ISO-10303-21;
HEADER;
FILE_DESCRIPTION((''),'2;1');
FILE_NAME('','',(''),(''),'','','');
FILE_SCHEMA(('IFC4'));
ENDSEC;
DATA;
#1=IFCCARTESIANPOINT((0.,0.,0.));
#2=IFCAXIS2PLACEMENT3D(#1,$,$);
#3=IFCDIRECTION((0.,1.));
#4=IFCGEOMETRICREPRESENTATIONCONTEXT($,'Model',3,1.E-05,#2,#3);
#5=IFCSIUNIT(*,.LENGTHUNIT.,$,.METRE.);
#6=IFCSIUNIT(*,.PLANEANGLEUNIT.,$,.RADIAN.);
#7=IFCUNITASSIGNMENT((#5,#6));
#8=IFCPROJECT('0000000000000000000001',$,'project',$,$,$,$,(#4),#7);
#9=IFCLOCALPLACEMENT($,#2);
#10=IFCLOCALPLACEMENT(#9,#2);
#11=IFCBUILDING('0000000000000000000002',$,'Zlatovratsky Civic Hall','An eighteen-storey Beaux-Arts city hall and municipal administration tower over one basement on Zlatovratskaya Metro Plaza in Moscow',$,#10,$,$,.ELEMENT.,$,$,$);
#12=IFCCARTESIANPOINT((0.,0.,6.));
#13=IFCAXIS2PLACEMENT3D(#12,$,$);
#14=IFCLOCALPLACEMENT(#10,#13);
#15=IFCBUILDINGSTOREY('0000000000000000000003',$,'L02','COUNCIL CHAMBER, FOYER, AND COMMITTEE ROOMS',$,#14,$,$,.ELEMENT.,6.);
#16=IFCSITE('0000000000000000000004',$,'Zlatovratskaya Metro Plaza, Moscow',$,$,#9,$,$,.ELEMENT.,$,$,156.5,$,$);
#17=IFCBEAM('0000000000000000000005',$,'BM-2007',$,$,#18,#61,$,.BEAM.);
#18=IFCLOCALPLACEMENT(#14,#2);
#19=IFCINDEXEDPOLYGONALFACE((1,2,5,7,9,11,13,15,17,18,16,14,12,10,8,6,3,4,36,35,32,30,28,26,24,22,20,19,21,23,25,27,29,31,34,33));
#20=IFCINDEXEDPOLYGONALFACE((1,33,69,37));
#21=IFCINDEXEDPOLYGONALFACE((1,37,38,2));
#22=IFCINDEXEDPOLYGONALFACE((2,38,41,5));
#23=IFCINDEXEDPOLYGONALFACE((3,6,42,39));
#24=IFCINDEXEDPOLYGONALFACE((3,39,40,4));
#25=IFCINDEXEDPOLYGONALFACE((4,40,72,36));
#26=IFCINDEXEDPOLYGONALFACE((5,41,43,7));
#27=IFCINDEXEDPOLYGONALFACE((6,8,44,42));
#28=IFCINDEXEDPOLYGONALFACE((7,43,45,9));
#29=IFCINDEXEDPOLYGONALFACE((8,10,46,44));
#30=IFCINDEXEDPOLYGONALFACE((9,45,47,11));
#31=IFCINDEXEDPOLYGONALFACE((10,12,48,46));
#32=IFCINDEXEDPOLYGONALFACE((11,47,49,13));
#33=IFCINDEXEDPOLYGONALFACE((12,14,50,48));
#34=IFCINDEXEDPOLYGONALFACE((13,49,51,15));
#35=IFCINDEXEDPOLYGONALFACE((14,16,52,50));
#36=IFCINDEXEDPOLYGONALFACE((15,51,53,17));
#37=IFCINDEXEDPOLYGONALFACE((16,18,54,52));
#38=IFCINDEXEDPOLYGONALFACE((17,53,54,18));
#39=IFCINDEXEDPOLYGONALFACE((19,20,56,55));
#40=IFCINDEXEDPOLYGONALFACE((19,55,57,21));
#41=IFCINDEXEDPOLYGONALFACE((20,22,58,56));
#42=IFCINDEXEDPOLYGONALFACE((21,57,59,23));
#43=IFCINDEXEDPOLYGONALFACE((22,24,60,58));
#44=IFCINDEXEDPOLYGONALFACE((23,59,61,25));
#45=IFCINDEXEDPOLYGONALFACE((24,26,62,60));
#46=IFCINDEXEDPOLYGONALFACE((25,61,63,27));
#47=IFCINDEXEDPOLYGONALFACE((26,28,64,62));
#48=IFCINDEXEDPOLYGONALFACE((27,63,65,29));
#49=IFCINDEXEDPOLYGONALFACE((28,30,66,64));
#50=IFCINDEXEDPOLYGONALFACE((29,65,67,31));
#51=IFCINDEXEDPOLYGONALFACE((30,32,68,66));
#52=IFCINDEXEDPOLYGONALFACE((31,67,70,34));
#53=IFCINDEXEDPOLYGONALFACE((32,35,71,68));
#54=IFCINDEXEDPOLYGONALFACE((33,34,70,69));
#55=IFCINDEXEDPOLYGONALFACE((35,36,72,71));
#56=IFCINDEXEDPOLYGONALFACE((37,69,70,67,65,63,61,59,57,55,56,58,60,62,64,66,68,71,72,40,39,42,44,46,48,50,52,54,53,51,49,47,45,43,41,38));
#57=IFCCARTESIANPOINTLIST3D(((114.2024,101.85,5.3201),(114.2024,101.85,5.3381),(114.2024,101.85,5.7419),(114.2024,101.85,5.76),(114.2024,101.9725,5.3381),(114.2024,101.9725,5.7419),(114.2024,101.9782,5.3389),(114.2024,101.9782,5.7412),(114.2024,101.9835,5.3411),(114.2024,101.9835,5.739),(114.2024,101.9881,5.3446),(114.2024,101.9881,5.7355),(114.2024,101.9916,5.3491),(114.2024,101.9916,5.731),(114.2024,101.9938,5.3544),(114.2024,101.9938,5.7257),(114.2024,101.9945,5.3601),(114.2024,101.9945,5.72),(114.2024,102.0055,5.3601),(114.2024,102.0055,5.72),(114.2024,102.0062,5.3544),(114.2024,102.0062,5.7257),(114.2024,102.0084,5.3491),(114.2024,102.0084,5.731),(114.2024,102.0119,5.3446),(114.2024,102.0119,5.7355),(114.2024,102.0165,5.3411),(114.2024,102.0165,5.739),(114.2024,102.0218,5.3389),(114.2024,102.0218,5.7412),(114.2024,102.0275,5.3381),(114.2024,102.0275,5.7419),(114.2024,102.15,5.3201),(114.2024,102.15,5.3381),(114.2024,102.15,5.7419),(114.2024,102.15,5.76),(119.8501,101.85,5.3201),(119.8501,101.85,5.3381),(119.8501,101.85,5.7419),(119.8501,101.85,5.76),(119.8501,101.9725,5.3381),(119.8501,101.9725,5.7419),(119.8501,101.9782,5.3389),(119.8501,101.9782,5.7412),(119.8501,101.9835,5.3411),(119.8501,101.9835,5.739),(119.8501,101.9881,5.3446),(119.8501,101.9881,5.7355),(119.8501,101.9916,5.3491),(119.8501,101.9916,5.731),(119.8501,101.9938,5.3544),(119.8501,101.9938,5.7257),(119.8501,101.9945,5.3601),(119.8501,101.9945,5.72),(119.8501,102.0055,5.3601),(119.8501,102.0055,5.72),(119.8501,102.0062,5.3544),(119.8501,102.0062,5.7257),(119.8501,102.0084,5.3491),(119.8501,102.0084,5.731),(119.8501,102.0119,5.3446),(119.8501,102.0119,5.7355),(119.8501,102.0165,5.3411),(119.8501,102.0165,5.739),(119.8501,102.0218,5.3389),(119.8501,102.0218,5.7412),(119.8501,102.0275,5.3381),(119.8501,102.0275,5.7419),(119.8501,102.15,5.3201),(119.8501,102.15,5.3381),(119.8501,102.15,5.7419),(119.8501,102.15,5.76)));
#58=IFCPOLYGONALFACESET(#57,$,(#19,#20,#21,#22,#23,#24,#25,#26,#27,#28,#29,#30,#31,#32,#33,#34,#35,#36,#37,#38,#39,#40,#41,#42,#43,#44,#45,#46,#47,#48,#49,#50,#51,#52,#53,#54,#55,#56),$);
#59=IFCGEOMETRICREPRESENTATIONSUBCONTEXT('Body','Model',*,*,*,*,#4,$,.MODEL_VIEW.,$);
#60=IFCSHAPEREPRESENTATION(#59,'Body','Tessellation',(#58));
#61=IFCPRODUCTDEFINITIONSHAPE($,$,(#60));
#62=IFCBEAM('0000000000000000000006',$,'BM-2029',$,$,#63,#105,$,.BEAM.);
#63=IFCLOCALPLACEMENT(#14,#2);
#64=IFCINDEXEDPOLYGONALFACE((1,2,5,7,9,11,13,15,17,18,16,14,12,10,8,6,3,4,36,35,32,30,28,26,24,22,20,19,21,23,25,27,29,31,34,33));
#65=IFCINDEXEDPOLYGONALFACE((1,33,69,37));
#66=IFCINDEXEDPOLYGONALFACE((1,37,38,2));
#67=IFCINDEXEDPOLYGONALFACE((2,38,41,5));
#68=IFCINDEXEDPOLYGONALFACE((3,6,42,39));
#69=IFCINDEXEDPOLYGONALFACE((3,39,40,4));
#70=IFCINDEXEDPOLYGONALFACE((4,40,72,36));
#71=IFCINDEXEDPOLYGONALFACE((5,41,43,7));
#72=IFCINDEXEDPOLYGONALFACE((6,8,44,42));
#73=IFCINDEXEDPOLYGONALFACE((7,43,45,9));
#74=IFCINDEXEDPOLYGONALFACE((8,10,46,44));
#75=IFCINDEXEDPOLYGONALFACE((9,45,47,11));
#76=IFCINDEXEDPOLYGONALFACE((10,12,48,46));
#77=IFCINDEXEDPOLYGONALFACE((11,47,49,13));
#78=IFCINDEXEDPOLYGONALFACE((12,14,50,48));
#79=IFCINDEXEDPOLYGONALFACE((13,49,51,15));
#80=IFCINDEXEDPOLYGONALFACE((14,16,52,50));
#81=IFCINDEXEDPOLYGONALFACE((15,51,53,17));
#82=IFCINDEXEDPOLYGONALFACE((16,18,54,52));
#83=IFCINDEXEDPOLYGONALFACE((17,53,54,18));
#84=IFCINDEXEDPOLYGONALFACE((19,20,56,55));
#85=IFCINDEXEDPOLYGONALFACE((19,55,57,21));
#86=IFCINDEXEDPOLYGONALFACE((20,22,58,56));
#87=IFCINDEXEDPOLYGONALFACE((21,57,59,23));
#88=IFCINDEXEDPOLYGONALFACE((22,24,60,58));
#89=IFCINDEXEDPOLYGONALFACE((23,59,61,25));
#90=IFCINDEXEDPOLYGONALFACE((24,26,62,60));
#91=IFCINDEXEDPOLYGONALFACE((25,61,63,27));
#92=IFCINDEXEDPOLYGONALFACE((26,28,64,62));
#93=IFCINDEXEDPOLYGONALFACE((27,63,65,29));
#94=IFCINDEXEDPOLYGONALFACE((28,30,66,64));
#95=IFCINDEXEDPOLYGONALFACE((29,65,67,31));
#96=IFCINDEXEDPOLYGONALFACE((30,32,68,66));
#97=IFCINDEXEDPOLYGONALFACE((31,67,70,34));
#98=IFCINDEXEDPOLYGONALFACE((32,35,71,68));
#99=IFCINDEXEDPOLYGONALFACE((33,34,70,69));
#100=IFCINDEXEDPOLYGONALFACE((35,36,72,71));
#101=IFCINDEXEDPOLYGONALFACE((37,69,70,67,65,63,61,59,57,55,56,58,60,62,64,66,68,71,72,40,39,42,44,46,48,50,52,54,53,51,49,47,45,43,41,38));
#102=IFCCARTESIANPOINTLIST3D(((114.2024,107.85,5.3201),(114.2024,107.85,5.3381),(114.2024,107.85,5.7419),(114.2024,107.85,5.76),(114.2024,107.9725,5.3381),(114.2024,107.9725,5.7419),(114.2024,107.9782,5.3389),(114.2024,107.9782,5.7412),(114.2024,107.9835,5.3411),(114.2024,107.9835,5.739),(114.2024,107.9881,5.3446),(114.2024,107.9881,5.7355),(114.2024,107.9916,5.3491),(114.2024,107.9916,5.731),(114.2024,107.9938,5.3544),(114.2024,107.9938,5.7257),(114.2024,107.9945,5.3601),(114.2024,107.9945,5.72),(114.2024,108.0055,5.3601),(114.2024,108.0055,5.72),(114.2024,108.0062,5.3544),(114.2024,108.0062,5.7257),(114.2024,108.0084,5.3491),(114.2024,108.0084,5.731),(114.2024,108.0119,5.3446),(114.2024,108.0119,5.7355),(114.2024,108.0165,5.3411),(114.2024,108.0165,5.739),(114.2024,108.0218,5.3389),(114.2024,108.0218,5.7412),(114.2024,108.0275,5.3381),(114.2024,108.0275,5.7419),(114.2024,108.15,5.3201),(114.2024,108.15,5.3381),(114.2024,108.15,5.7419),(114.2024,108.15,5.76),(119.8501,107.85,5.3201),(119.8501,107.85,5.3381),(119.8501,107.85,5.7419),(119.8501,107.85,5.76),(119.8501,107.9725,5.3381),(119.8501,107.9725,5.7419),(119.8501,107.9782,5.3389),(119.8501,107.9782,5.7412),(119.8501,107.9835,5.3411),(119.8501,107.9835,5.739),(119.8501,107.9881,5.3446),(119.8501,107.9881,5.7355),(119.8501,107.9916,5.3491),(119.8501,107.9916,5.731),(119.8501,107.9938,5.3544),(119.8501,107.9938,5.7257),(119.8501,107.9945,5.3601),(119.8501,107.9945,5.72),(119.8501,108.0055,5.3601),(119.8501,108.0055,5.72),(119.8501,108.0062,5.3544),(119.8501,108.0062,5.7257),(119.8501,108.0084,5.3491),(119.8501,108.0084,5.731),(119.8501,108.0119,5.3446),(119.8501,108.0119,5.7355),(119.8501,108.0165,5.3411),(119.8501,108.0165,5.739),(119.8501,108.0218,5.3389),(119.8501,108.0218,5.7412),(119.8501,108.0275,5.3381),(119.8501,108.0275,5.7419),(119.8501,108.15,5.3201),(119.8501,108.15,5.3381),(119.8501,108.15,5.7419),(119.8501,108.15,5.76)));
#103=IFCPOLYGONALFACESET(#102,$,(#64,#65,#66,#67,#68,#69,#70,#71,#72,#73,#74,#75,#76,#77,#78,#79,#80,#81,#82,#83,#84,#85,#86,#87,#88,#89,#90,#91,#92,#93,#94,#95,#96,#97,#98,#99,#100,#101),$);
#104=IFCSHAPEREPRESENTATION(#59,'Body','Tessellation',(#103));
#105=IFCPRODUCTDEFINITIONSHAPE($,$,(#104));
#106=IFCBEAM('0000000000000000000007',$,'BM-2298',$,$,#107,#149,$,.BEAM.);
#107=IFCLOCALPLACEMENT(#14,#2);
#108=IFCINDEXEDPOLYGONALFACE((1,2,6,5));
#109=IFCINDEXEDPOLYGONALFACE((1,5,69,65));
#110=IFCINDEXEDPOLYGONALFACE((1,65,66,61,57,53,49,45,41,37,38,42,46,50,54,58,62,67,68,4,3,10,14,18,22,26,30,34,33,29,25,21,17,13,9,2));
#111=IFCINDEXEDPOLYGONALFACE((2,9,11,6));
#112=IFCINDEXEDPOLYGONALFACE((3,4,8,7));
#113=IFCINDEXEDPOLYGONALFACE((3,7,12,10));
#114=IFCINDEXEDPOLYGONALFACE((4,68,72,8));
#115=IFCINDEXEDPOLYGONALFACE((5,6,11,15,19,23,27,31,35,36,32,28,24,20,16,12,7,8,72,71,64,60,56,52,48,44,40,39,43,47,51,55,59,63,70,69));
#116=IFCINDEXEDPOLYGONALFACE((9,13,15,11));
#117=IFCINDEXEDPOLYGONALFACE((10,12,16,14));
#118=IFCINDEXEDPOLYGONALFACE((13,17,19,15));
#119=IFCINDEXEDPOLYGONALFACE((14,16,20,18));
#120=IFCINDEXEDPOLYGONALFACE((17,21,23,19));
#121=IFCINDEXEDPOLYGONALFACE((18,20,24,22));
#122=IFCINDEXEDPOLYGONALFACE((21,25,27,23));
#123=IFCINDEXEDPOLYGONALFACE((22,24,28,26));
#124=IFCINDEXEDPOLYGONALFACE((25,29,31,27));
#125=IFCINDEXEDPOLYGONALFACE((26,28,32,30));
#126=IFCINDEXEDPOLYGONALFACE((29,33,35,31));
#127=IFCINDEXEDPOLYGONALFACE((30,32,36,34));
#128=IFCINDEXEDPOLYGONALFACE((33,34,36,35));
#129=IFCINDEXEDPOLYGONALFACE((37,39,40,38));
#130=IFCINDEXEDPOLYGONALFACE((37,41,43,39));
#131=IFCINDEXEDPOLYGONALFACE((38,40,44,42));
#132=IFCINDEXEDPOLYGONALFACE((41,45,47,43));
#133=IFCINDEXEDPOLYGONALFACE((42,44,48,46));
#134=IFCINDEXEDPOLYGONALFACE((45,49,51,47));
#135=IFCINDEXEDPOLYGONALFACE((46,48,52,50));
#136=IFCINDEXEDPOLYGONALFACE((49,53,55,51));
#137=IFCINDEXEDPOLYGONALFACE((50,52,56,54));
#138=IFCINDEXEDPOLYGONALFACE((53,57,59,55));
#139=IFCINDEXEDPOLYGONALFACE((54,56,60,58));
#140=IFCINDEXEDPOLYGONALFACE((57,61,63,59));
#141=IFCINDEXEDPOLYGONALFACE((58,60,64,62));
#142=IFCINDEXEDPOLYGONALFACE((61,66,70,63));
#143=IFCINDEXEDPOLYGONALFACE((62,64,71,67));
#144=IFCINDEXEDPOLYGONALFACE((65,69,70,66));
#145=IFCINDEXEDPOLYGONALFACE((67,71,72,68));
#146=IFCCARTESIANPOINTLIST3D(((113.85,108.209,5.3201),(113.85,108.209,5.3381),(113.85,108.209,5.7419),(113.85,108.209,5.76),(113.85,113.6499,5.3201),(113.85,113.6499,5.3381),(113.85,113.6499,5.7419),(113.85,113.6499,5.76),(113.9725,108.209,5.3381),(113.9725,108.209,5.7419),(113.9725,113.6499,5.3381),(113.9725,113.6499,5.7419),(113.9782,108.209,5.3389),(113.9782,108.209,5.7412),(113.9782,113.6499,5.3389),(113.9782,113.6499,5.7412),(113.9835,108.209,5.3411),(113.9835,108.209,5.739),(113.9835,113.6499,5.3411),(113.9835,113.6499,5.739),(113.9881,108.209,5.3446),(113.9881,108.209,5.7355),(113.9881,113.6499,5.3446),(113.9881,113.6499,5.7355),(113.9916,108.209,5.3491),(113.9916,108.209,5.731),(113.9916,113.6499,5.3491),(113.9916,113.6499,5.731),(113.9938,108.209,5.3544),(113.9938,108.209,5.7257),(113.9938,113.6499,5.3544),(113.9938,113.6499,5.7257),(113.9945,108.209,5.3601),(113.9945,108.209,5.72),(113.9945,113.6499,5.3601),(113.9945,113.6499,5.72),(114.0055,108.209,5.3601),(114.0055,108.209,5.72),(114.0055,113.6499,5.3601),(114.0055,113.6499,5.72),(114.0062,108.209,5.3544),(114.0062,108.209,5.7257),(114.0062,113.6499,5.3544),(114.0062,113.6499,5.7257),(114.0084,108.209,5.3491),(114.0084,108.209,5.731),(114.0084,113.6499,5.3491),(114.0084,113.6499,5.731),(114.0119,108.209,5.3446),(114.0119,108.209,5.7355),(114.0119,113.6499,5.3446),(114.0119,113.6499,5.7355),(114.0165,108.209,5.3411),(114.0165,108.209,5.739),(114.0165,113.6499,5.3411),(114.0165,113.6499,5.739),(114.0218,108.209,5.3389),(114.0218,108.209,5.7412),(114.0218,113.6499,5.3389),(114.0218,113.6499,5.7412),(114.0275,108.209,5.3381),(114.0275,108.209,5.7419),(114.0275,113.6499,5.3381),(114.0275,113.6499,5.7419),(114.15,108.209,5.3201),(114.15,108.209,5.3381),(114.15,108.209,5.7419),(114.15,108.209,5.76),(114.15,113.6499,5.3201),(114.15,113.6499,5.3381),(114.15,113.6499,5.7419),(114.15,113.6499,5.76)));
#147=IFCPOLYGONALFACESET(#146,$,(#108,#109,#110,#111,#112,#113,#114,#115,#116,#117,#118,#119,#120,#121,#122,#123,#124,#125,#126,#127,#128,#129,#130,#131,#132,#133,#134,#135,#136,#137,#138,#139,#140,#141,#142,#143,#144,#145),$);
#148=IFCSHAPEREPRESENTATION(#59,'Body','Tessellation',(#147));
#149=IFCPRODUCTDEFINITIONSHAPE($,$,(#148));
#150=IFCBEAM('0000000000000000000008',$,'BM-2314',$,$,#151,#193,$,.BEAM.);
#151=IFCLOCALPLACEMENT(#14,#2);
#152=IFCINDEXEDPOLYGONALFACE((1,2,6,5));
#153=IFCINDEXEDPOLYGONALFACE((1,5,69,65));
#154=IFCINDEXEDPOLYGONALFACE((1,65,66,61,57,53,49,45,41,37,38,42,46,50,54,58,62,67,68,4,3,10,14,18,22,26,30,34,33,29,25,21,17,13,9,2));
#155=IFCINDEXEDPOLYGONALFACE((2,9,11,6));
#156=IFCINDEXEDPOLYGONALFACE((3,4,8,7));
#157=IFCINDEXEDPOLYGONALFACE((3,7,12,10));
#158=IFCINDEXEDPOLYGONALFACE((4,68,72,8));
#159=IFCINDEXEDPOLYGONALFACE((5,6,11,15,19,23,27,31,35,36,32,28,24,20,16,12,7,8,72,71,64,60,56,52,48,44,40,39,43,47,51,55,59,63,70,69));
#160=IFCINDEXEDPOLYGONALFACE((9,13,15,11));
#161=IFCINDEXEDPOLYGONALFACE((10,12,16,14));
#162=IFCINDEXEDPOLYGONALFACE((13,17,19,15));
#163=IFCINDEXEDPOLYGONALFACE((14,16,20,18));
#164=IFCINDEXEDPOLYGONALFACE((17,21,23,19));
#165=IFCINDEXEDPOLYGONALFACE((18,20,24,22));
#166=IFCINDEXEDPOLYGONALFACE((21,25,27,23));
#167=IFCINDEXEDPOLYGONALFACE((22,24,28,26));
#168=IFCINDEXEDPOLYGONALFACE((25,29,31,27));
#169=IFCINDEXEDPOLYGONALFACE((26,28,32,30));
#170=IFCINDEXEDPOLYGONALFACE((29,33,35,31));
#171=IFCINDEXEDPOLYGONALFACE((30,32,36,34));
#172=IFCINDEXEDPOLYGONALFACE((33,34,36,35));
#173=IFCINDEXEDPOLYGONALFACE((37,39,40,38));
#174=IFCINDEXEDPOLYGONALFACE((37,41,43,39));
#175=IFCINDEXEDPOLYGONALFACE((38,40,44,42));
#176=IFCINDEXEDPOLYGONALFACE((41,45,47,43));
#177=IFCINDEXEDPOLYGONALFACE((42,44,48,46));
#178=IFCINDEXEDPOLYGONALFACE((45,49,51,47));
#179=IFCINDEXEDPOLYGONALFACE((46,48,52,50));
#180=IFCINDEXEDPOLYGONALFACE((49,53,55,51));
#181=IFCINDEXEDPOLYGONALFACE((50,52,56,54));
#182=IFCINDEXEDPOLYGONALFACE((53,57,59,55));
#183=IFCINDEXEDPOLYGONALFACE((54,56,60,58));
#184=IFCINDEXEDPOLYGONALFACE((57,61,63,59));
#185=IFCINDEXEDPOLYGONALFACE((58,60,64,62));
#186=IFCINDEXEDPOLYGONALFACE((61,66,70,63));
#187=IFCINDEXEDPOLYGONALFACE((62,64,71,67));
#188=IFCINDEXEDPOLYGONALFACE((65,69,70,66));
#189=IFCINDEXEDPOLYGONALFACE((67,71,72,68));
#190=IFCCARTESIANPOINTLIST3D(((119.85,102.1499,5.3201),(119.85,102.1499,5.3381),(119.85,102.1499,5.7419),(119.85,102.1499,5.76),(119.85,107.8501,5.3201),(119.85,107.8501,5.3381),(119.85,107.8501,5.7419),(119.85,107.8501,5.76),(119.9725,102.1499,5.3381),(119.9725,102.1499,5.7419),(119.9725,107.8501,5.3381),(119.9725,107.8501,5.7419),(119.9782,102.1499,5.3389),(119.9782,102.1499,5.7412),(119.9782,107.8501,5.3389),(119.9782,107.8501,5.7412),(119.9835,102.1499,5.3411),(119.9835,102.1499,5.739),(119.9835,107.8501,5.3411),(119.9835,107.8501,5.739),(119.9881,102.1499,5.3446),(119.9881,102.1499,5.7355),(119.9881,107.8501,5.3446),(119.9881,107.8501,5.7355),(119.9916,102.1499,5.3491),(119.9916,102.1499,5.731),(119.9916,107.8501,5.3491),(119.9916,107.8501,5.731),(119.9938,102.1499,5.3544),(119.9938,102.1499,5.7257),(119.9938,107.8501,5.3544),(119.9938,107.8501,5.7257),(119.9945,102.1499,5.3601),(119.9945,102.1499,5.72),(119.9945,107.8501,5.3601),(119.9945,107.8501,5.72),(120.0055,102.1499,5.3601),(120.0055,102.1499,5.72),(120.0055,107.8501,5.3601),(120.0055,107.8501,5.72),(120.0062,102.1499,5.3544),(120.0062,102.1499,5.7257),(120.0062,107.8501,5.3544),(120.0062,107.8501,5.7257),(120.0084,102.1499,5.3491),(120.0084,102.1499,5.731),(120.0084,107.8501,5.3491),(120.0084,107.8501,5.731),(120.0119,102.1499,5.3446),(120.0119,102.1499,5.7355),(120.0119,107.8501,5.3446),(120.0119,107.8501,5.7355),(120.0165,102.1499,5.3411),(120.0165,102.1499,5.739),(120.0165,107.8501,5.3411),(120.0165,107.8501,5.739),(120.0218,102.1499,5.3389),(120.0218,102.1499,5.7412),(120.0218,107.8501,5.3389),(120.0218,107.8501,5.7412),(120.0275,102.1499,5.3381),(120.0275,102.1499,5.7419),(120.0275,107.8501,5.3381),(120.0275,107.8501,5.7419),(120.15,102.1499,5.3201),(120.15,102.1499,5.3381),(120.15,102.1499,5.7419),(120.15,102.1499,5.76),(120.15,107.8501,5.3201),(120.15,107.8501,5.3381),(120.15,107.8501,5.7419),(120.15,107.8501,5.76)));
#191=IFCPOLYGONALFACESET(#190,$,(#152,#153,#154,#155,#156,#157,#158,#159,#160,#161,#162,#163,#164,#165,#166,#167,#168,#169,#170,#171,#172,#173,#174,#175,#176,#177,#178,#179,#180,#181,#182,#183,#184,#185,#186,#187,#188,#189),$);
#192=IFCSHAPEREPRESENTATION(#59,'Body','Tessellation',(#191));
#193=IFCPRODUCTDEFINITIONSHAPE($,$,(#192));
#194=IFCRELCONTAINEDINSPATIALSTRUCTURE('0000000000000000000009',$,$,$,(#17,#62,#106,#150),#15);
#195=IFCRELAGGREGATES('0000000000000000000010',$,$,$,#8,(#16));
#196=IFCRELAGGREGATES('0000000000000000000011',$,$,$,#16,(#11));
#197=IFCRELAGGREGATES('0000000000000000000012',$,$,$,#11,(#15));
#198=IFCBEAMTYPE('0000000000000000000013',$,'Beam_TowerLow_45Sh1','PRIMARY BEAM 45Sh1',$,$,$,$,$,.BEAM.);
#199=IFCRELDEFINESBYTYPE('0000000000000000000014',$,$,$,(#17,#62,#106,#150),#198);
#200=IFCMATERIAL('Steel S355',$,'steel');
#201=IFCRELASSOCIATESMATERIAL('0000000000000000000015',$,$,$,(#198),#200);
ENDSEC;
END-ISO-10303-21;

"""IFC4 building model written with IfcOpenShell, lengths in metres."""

from ifc_helpers import new_model, si_unit, direction, frame, origin, origin_2d, place, context, subcontext, project, spatial, i_section, extrude, material, material_profile, profile_set, type_object, element, save


model = new_model("IFC4")

# Units and contexts
model_context = context("Model", 3, precision=1e-05, world=origin(), true_north=direction((0.0, 1.0)))
body_context = subcontext(model_context, "Body", "Model", "MODEL_VIEW")
ifc_project = project(units=[si_unit("LENGTHUNIT", "METRE"), si_unit("PLANEANGLEUNIT", "RADIAN")], contexts=[model_context])

# Site, building, storey
site_placement = place(None, origin())
site = spatial("IfcSite", under=ifc_project, at=site_placement, Name="Zlatovratskaya Metro Plaza, Moscow", CompositionType="ELEMENT", RefElevation=156.5)
building_placement = place(site_placement, origin())
building = spatial("IfcBuilding", under=site, at=building_placement, Name="Zlatovratsky Civic Hall", Description="An eighteen-storey Beaux-Arts city hall and municipal administration tower over one basement on Zlatovratskaya Metro Plaza in Moscow", CompositionType="ELEMENT")
storey_placement = place(building_placement, frame((0.0, 0.0, 6.0)))
storey = spatial("IfcBuildingStorey", under=building, at=storey_placement, Name="L02", Description="COUNCIL CHAMBER, FOYER, AND COMMITTEE ROOMS", CompositionType="ELEMENT", Elevation=6.0)

# Shared definitions
ifc_material_1 = material(Name="Steel S355", Category="steel")

# Beams
ifc_material_profile_1 = material_profile(ifc_material_1, i_section(OverallWidth=0.3, OverallDepth=0.4399, WebThickness=0.011, FlangeThickness=0.0181, FilletRadius=0.022, at=origin_2d()), Name="45Sh1")
ifc_profile_set_1 = profile_set([ifc_material_profile_1], Name="Steel S355")
beam_type_1 = type_object("IfcBeamType", Name="Beam_TowerLow_45Sh1", Description="PRIMARY BEAM 45Sh1", PredefinedType="BEAM", material=ifc_profile_set_1)
for number, where, z_axis, x_axis, name in (
    (1, (114.2024, 102.0, 5.54), (1.0, 0.0, 0.0), (0.0, 1.0, 0.0), "BM-2007"),
    (2, (114.2024, 108.0, 5.54), (1.0, 0.0, 0.0), (0.0, 1.0, 0.0), "BM-2029"),
):
    element("IfcBeam", number, at=place(storey_placement, frame(where, z_axis=z_axis, x_axis=x_axis)), inside=storey, type_object=beam_type_1, Name=name, PredefinedType="BEAM", context=body_context, shape_type="SweptSolid", body=[
        extrude(i_section(OverallWidth=0.3, OverallDepth=0.4399, WebThickness=0.011, FlangeThickness=0.0181, FilletRadius=0.022, at=origin_2d()), origin(), (0.0, 0.0, 1.0), 5.6477),
    ])
beam_1_placement = place(storey_placement, frame((114.0, 108.209, 5.54), z_axis=(0.0, 1.0, 0.0), x_axis=(-1.0, 0.0, 0.0)))
element("IfcBeam", 3, at=beam_1_placement, inside=storey, type_object=beam_type_1, Name="BM-2298", PredefinedType="BEAM", context=body_context, shape_type="SweptSolid", body=[
    extrude(i_section(OverallWidth=0.3, OverallDepth=0.4399, WebThickness=0.011, FlangeThickness=0.0181, FilletRadius=0.022, at=origin_2d()), origin(), (0.0, 0.0, 1.0), 5.4409),
])
beam_2_placement = place(storey_placement, frame((120.0, 102.1499, 5.54), z_axis=(0.0, 1.0, 0.0), x_axis=(-1.0, 0.0, 0.0)))
element("IfcBeam", 4, at=beam_2_placement, inside=storey, type_object=beam_type_1, Name="BM-2314", PredefinedType="BEAM", context=body_context, shape_type="SweptSolid", body=[
    extrude(i_section(OverallWidth=0.3, OverallDepth=0.4399, WebThickness=0.011, FlangeThickness=0.0181, FilletRadius=0.022, at=origin_2d()), origin(), (0.0, 0.0, 1.0), 5.7002),
])

save(model, "model.ifc")
